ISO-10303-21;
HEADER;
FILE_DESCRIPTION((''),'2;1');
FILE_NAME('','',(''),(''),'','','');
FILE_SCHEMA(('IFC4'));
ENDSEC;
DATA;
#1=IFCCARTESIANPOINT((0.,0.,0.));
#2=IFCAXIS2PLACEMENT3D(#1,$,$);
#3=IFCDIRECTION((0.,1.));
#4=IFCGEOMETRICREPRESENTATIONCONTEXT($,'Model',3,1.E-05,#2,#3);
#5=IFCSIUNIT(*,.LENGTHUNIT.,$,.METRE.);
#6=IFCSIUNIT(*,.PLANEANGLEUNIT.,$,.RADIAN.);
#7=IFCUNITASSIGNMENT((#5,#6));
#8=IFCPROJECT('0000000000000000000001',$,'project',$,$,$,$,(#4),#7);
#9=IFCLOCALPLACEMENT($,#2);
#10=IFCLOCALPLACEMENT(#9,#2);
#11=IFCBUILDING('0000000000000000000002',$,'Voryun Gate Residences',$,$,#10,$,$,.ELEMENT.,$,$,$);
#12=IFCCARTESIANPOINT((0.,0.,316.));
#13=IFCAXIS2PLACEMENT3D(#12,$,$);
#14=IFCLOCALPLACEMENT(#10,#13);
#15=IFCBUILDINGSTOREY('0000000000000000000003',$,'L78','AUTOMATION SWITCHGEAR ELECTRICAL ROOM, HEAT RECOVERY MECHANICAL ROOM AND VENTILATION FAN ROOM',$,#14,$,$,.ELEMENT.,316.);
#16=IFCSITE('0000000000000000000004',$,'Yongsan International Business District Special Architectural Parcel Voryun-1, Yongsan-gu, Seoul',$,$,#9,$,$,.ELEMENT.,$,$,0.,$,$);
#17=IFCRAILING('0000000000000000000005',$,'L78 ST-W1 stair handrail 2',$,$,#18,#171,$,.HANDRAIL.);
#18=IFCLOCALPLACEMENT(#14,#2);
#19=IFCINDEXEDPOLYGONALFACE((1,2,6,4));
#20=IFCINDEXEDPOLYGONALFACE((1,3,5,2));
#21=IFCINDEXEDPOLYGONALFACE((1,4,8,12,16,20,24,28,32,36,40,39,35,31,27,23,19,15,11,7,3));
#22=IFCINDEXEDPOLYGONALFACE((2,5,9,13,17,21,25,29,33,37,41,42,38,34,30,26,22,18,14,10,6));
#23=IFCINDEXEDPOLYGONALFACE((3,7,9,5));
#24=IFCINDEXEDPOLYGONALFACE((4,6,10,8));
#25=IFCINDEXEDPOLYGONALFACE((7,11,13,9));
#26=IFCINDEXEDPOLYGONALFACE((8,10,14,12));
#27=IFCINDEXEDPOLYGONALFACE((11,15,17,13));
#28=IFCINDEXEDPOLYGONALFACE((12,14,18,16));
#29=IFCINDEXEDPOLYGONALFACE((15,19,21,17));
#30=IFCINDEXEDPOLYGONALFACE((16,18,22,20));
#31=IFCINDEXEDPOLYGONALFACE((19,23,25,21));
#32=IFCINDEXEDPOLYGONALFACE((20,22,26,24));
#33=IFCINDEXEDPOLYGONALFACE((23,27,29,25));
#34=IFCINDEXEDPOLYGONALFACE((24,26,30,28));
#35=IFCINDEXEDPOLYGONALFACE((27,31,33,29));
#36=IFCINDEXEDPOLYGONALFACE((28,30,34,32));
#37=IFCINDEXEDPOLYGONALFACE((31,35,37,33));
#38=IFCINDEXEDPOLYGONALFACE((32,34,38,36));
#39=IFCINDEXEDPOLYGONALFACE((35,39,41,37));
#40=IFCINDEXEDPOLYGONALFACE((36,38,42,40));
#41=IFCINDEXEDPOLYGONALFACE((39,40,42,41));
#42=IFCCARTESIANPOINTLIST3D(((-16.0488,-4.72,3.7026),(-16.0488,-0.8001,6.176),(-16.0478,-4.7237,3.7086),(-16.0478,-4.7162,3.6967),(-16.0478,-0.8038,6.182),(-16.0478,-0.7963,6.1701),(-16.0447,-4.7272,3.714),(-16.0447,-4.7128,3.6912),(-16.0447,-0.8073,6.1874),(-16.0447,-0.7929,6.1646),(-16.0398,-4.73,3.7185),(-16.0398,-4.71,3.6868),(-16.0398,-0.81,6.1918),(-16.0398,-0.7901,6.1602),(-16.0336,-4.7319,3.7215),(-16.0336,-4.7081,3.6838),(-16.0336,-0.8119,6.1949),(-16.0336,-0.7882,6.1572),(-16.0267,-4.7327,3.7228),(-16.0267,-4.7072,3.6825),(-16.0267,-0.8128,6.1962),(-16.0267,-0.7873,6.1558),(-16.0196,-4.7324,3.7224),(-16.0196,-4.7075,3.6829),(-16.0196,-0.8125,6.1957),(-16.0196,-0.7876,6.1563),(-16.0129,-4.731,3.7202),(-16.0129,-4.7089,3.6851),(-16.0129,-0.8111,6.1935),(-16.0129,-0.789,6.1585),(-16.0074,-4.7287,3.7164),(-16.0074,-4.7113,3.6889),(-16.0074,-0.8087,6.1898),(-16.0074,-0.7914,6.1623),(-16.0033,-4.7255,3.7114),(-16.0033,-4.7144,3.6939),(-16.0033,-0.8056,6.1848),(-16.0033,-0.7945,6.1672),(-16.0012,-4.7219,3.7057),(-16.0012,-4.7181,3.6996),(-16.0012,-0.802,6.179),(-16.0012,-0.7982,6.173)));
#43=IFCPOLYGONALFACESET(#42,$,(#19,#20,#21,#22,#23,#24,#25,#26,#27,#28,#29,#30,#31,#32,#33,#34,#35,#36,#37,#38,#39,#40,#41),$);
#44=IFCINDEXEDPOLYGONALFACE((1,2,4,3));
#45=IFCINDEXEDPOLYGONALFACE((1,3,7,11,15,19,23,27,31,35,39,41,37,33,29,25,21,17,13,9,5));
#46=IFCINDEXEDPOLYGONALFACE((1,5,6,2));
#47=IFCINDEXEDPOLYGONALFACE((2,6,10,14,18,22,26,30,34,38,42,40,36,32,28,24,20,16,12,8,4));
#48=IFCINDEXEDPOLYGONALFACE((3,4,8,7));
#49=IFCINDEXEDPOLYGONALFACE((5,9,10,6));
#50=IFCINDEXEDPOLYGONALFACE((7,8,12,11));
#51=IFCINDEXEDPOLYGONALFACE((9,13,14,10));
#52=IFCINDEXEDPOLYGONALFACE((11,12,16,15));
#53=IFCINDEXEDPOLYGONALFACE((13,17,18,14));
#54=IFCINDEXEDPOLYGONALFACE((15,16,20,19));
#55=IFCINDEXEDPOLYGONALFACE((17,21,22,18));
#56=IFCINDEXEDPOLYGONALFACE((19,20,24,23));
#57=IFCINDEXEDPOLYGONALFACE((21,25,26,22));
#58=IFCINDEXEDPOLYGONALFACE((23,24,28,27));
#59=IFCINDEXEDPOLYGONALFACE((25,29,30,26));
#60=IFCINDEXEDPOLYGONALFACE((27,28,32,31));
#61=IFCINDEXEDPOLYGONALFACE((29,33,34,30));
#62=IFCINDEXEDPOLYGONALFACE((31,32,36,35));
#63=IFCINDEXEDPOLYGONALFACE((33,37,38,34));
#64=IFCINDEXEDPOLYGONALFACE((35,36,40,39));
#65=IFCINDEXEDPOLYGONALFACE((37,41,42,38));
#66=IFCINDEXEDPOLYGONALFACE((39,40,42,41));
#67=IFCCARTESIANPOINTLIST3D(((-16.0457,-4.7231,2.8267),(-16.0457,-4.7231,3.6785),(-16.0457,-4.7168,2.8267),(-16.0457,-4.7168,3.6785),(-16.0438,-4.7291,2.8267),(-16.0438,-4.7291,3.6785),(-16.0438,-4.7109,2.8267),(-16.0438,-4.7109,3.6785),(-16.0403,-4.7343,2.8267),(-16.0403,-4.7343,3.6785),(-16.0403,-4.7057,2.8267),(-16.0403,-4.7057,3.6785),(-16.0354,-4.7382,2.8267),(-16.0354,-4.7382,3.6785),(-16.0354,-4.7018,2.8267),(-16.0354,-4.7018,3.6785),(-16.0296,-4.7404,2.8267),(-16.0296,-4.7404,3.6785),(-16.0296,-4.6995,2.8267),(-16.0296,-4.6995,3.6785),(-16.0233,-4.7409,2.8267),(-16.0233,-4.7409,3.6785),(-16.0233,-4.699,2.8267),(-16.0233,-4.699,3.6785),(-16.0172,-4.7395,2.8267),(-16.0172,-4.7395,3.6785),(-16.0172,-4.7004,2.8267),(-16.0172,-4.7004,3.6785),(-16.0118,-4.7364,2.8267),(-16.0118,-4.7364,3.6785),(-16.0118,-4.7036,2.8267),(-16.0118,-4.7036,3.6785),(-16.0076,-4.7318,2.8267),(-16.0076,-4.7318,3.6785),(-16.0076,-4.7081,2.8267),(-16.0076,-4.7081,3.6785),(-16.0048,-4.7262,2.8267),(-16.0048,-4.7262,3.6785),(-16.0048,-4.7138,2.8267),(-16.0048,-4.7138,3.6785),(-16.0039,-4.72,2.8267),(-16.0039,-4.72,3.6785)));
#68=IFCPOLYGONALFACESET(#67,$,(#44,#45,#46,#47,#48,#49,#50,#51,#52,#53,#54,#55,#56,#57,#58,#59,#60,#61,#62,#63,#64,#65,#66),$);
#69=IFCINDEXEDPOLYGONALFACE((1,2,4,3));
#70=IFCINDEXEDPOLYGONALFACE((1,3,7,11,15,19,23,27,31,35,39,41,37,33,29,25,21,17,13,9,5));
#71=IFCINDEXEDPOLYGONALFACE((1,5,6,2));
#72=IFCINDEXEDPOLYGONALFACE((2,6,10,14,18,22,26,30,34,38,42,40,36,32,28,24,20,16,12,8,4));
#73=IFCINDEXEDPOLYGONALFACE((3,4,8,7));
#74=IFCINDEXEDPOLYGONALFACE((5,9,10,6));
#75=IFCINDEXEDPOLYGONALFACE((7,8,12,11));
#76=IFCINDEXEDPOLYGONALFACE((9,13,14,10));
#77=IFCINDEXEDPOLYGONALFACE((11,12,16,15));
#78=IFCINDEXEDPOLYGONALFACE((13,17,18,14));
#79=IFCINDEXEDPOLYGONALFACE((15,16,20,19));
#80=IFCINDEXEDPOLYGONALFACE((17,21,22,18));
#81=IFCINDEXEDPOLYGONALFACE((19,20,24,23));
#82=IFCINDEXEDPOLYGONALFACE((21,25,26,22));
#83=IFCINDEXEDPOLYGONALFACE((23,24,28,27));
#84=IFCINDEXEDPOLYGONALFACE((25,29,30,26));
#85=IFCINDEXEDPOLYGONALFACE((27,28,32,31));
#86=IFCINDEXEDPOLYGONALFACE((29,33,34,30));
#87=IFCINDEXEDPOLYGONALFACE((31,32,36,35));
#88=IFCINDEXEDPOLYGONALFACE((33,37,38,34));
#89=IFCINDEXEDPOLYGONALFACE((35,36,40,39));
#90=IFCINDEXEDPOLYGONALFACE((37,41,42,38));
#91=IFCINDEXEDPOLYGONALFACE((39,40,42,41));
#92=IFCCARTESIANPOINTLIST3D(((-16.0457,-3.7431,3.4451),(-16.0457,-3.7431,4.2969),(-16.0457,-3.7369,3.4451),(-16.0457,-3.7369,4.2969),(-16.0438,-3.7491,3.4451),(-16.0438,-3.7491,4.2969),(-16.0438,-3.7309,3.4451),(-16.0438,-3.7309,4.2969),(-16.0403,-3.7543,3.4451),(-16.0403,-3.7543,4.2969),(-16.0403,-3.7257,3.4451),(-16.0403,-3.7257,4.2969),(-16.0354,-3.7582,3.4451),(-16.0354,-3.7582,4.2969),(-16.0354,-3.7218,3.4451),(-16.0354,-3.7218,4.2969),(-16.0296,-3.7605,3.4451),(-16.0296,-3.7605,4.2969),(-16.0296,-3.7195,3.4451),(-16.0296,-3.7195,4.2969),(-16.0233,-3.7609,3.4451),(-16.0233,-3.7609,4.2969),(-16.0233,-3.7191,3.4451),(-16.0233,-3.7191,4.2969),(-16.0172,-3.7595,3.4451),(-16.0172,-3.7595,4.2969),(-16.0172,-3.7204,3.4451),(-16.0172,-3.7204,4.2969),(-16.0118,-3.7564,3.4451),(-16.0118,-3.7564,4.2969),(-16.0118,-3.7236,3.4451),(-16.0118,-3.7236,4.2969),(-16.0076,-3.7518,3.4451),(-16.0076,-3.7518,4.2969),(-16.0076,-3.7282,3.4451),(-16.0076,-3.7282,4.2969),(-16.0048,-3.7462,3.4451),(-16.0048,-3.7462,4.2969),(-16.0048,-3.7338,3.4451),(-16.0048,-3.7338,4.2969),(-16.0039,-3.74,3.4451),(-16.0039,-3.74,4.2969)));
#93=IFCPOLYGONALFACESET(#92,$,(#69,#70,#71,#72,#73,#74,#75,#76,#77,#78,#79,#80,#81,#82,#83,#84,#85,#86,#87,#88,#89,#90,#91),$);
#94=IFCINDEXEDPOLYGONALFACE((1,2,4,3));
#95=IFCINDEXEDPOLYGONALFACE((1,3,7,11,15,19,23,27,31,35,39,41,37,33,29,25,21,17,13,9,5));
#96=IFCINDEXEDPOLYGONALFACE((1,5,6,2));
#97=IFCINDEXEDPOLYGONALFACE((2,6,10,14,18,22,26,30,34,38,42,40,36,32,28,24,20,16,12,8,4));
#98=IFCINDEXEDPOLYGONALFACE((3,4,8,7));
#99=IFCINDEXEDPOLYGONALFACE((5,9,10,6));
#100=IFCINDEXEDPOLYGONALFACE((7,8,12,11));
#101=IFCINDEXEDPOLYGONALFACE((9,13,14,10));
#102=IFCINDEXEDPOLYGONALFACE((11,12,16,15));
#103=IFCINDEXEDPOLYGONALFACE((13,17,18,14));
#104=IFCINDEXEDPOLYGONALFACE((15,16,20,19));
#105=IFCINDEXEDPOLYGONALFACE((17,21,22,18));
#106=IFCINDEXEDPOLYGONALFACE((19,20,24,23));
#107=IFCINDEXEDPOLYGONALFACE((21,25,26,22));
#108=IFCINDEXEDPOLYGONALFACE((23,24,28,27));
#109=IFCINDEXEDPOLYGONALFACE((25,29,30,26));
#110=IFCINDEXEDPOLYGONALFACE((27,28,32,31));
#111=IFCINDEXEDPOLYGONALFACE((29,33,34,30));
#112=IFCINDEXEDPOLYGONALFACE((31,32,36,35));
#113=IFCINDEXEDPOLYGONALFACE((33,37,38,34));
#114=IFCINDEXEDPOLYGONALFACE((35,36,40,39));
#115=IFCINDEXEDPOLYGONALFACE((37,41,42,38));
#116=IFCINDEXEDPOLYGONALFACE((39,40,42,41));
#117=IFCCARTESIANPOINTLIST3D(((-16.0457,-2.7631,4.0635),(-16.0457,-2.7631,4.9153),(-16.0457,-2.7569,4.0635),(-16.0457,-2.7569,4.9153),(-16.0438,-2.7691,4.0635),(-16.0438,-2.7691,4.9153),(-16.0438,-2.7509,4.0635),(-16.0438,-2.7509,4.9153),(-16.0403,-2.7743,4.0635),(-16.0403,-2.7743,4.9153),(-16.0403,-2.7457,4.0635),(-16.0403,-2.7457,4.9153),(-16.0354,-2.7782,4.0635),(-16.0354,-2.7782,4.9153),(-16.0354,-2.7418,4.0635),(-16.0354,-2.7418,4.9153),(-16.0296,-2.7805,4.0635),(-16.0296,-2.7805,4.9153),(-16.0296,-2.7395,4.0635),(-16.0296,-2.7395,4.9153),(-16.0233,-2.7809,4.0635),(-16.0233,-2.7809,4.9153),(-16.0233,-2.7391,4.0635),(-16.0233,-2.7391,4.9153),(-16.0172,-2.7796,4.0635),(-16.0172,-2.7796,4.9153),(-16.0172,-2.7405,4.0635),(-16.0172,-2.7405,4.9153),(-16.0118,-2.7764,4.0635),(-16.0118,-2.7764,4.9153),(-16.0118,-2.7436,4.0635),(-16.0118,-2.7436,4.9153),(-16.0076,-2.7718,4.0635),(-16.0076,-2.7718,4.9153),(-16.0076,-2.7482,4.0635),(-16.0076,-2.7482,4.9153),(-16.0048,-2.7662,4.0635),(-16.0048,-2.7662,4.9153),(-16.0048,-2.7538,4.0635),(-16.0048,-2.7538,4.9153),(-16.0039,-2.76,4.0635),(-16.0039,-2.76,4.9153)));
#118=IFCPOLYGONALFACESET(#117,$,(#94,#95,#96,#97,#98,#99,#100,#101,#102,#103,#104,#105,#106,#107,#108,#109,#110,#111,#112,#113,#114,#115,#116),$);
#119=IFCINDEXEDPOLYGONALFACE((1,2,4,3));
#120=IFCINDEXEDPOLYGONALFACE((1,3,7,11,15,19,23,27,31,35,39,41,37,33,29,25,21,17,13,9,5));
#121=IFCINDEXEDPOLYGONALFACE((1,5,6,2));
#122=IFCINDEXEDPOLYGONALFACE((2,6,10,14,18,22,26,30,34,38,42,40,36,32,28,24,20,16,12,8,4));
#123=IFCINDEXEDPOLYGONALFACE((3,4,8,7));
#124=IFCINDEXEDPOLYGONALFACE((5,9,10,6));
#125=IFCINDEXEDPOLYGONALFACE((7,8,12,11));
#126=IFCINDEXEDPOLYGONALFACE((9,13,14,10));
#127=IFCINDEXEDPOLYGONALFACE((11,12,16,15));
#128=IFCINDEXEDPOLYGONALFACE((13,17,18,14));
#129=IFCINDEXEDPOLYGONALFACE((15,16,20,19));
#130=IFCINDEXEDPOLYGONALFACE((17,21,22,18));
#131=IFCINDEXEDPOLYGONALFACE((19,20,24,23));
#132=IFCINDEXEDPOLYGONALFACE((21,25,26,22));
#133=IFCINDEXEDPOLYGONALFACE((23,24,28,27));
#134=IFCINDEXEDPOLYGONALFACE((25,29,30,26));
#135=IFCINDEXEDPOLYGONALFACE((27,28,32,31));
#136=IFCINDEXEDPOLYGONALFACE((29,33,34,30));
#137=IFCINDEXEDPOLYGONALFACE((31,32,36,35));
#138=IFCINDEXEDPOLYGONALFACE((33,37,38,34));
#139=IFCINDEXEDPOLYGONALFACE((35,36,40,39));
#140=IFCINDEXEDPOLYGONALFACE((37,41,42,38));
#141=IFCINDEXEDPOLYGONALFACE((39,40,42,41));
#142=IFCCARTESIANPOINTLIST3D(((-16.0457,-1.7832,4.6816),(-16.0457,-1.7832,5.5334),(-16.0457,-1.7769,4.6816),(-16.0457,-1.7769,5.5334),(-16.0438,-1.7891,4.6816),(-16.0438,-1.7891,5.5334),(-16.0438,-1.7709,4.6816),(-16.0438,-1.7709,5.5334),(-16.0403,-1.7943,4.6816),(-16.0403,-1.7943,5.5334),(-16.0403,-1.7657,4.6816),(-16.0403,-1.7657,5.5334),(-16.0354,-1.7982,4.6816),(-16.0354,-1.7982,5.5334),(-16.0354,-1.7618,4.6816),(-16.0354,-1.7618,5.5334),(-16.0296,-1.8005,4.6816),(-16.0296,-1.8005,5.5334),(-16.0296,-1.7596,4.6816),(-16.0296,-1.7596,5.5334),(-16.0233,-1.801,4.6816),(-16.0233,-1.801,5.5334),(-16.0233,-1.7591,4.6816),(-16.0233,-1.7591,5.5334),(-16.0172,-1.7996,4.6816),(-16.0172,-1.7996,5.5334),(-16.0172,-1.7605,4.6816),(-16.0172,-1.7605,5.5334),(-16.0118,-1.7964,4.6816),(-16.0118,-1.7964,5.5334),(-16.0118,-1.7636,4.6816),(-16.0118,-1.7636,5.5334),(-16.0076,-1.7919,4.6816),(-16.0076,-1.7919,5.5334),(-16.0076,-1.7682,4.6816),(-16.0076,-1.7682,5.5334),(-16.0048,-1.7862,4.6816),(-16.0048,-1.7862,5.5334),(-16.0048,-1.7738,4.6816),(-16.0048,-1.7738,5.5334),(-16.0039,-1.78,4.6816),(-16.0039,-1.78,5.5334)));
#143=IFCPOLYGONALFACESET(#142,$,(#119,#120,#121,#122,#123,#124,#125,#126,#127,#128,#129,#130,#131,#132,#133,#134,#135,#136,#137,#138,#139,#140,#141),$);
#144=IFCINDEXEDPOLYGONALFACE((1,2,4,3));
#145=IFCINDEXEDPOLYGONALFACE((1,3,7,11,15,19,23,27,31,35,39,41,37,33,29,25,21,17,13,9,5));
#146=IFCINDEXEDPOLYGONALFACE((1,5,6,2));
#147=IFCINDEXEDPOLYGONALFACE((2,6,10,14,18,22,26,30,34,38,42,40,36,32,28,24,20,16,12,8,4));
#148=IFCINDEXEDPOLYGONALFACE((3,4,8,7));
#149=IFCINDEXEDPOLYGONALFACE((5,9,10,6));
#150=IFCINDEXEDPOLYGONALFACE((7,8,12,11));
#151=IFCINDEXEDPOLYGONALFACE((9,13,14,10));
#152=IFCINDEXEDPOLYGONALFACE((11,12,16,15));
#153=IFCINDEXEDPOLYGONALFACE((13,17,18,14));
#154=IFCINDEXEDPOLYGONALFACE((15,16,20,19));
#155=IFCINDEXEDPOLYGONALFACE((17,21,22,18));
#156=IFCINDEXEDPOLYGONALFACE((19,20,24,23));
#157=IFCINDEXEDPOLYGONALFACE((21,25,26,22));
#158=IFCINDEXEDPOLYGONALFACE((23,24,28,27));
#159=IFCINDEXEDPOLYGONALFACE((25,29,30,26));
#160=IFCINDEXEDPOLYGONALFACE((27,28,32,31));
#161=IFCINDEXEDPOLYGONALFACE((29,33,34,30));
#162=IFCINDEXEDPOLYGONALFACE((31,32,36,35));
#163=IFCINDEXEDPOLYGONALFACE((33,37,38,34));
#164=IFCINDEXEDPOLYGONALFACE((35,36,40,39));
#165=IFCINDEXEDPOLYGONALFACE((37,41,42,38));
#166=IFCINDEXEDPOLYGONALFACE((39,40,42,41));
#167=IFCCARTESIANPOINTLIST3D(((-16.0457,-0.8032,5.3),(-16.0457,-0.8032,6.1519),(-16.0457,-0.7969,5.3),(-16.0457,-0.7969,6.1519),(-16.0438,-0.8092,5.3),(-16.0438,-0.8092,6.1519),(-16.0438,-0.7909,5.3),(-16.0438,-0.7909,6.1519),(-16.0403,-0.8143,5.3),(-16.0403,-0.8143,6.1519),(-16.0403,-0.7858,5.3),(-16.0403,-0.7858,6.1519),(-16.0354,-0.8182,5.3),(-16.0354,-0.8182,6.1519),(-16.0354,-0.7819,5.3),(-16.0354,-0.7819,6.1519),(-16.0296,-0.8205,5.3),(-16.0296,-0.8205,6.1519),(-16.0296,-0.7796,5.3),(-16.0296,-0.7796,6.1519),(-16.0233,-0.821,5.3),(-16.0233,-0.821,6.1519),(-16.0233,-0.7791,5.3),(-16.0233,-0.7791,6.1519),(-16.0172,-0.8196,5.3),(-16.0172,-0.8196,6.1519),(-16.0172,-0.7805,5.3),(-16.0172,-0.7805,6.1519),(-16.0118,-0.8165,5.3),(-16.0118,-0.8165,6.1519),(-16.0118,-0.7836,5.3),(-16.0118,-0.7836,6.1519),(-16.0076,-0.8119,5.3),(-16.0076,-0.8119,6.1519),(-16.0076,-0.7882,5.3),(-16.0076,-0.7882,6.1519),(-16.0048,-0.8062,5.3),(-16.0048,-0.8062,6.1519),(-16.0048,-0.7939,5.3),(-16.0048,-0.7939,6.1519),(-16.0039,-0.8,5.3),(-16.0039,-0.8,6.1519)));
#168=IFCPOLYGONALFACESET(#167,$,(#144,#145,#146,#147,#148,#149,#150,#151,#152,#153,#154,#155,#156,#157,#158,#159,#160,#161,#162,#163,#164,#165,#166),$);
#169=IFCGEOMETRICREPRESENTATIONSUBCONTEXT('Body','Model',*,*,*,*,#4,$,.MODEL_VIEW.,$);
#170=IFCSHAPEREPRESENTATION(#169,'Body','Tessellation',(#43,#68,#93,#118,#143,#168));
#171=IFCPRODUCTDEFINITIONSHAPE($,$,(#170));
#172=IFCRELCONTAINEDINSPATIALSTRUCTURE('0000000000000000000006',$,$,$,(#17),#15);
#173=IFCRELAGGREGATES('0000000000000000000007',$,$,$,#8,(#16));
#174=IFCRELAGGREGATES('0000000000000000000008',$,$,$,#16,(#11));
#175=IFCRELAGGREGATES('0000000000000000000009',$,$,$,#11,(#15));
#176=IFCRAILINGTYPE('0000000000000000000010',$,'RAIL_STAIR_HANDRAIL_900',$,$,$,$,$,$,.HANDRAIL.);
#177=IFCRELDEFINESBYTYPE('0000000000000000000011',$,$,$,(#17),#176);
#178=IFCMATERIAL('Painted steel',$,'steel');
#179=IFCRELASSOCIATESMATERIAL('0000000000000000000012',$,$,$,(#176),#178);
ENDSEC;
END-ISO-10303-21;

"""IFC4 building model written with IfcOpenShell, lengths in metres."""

from ifc_helpers import new_model, si_unit, direction, frame, origin, origin_2d, place, context, subcontext, project, spatial, circle, extrude, material, type_object, element, save


model = new_model("IFC4")

# Units and contexts
model_context = context("Model", 3, precision=1e-05, world=origin(), true_north=direction((0.0, 1.0)))
body_context = subcontext(model_context, "Body", "Model", "MODEL_VIEW")
ifc_project = project(units=[si_unit("LENGTHUNIT", "METRE"), si_unit("PLANEANGLEUNIT", "RADIAN")], contexts=[model_context])

# Site, building, storey
site_placement = place(None, origin())
site = spatial("IfcSite", under=ifc_project, at=site_placement, Name="Yongsan International Business District Special Architectural Parcel Voryun-1, Yongsan-gu, Seoul", CompositionType="ELEMENT", RefElevation=0.0)
building_placement = place(site_placement, origin())
building = spatial("IfcBuilding", under=site, at=building_placement, Name="Voryun Gate Residences", CompositionType="ELEMENT")
storey_placement = place(building_placement, frame((0.0, 0.0, 316.0)))
storey = spatial("IfcBuildingStorey", under=building, at=storey_placement, Name="L78", Description="AUTOMATION SWITCHGEAR ELECTRICAL ROOM, HEAT RECOVERY MECHANICAL ROOM AND VENTILATION FAN ROOM", CompositionType="ELEMENT", Elevation=316.0)

# Railing
ifc_material_1 = material(Name="Painted steel", Category="steel")
railing_type_1 = type_object("IfcRailingType", Name="RAIL_STAIR_HANDRAIL_900", PredefinedType="HANDRAIL", material=ifc_material_1)
railing_1_placement = place(storey_placement, frame((-16.0249, -4.72, 2.8267)))
element("IfcRailing", 1, at=railing_1_placement, inside=storey, type_object=railing_type_1, Name="L78 ST-W1 stair handrail 2", PredefinedType="HANDRAIL", context=body_context, shape_type="SweptSolid", body=[
    extrude(circle(Radius=0.0239, at=origin_2d()), frame((0.0, 0.0, 0.876), z_axis=(0.0, 0.845718, 0.53363), x_axis=(-1.0, 0.0, 0.0)), (0.0, 0.0, 1.0), 4.635),
    extrude(circle(Radius=0.021, at=origin_2d()), origin(), (0.0, 0.0, 1.0), 0.8518),
    extrude(circle(Radius=0.021, at=origin_2d()), frame((0.0, 0.98, 0.6184)), (0.0, 0.0, 1.0), 0.8518),
    extrude(circle(Radius=0.021, at=origin_2d()), frame((0.0, 1.96, 1.2368)), (0.0, 0.0, 1.0), 0.8518),
    extrude(circle(Radius=0.021, at=origin_2d()), frame((0.0, 2.9399, 1.855)), (0.0, 0.0, 1.0), 0.8518),
    extrude(circle(Radius=0.021, at=origin_2d()), frame((0.0, 3.9199, 2.4734)), (0.0, 0.0, 1.0), 0.8518),
])

save(model, "model.ifc")
